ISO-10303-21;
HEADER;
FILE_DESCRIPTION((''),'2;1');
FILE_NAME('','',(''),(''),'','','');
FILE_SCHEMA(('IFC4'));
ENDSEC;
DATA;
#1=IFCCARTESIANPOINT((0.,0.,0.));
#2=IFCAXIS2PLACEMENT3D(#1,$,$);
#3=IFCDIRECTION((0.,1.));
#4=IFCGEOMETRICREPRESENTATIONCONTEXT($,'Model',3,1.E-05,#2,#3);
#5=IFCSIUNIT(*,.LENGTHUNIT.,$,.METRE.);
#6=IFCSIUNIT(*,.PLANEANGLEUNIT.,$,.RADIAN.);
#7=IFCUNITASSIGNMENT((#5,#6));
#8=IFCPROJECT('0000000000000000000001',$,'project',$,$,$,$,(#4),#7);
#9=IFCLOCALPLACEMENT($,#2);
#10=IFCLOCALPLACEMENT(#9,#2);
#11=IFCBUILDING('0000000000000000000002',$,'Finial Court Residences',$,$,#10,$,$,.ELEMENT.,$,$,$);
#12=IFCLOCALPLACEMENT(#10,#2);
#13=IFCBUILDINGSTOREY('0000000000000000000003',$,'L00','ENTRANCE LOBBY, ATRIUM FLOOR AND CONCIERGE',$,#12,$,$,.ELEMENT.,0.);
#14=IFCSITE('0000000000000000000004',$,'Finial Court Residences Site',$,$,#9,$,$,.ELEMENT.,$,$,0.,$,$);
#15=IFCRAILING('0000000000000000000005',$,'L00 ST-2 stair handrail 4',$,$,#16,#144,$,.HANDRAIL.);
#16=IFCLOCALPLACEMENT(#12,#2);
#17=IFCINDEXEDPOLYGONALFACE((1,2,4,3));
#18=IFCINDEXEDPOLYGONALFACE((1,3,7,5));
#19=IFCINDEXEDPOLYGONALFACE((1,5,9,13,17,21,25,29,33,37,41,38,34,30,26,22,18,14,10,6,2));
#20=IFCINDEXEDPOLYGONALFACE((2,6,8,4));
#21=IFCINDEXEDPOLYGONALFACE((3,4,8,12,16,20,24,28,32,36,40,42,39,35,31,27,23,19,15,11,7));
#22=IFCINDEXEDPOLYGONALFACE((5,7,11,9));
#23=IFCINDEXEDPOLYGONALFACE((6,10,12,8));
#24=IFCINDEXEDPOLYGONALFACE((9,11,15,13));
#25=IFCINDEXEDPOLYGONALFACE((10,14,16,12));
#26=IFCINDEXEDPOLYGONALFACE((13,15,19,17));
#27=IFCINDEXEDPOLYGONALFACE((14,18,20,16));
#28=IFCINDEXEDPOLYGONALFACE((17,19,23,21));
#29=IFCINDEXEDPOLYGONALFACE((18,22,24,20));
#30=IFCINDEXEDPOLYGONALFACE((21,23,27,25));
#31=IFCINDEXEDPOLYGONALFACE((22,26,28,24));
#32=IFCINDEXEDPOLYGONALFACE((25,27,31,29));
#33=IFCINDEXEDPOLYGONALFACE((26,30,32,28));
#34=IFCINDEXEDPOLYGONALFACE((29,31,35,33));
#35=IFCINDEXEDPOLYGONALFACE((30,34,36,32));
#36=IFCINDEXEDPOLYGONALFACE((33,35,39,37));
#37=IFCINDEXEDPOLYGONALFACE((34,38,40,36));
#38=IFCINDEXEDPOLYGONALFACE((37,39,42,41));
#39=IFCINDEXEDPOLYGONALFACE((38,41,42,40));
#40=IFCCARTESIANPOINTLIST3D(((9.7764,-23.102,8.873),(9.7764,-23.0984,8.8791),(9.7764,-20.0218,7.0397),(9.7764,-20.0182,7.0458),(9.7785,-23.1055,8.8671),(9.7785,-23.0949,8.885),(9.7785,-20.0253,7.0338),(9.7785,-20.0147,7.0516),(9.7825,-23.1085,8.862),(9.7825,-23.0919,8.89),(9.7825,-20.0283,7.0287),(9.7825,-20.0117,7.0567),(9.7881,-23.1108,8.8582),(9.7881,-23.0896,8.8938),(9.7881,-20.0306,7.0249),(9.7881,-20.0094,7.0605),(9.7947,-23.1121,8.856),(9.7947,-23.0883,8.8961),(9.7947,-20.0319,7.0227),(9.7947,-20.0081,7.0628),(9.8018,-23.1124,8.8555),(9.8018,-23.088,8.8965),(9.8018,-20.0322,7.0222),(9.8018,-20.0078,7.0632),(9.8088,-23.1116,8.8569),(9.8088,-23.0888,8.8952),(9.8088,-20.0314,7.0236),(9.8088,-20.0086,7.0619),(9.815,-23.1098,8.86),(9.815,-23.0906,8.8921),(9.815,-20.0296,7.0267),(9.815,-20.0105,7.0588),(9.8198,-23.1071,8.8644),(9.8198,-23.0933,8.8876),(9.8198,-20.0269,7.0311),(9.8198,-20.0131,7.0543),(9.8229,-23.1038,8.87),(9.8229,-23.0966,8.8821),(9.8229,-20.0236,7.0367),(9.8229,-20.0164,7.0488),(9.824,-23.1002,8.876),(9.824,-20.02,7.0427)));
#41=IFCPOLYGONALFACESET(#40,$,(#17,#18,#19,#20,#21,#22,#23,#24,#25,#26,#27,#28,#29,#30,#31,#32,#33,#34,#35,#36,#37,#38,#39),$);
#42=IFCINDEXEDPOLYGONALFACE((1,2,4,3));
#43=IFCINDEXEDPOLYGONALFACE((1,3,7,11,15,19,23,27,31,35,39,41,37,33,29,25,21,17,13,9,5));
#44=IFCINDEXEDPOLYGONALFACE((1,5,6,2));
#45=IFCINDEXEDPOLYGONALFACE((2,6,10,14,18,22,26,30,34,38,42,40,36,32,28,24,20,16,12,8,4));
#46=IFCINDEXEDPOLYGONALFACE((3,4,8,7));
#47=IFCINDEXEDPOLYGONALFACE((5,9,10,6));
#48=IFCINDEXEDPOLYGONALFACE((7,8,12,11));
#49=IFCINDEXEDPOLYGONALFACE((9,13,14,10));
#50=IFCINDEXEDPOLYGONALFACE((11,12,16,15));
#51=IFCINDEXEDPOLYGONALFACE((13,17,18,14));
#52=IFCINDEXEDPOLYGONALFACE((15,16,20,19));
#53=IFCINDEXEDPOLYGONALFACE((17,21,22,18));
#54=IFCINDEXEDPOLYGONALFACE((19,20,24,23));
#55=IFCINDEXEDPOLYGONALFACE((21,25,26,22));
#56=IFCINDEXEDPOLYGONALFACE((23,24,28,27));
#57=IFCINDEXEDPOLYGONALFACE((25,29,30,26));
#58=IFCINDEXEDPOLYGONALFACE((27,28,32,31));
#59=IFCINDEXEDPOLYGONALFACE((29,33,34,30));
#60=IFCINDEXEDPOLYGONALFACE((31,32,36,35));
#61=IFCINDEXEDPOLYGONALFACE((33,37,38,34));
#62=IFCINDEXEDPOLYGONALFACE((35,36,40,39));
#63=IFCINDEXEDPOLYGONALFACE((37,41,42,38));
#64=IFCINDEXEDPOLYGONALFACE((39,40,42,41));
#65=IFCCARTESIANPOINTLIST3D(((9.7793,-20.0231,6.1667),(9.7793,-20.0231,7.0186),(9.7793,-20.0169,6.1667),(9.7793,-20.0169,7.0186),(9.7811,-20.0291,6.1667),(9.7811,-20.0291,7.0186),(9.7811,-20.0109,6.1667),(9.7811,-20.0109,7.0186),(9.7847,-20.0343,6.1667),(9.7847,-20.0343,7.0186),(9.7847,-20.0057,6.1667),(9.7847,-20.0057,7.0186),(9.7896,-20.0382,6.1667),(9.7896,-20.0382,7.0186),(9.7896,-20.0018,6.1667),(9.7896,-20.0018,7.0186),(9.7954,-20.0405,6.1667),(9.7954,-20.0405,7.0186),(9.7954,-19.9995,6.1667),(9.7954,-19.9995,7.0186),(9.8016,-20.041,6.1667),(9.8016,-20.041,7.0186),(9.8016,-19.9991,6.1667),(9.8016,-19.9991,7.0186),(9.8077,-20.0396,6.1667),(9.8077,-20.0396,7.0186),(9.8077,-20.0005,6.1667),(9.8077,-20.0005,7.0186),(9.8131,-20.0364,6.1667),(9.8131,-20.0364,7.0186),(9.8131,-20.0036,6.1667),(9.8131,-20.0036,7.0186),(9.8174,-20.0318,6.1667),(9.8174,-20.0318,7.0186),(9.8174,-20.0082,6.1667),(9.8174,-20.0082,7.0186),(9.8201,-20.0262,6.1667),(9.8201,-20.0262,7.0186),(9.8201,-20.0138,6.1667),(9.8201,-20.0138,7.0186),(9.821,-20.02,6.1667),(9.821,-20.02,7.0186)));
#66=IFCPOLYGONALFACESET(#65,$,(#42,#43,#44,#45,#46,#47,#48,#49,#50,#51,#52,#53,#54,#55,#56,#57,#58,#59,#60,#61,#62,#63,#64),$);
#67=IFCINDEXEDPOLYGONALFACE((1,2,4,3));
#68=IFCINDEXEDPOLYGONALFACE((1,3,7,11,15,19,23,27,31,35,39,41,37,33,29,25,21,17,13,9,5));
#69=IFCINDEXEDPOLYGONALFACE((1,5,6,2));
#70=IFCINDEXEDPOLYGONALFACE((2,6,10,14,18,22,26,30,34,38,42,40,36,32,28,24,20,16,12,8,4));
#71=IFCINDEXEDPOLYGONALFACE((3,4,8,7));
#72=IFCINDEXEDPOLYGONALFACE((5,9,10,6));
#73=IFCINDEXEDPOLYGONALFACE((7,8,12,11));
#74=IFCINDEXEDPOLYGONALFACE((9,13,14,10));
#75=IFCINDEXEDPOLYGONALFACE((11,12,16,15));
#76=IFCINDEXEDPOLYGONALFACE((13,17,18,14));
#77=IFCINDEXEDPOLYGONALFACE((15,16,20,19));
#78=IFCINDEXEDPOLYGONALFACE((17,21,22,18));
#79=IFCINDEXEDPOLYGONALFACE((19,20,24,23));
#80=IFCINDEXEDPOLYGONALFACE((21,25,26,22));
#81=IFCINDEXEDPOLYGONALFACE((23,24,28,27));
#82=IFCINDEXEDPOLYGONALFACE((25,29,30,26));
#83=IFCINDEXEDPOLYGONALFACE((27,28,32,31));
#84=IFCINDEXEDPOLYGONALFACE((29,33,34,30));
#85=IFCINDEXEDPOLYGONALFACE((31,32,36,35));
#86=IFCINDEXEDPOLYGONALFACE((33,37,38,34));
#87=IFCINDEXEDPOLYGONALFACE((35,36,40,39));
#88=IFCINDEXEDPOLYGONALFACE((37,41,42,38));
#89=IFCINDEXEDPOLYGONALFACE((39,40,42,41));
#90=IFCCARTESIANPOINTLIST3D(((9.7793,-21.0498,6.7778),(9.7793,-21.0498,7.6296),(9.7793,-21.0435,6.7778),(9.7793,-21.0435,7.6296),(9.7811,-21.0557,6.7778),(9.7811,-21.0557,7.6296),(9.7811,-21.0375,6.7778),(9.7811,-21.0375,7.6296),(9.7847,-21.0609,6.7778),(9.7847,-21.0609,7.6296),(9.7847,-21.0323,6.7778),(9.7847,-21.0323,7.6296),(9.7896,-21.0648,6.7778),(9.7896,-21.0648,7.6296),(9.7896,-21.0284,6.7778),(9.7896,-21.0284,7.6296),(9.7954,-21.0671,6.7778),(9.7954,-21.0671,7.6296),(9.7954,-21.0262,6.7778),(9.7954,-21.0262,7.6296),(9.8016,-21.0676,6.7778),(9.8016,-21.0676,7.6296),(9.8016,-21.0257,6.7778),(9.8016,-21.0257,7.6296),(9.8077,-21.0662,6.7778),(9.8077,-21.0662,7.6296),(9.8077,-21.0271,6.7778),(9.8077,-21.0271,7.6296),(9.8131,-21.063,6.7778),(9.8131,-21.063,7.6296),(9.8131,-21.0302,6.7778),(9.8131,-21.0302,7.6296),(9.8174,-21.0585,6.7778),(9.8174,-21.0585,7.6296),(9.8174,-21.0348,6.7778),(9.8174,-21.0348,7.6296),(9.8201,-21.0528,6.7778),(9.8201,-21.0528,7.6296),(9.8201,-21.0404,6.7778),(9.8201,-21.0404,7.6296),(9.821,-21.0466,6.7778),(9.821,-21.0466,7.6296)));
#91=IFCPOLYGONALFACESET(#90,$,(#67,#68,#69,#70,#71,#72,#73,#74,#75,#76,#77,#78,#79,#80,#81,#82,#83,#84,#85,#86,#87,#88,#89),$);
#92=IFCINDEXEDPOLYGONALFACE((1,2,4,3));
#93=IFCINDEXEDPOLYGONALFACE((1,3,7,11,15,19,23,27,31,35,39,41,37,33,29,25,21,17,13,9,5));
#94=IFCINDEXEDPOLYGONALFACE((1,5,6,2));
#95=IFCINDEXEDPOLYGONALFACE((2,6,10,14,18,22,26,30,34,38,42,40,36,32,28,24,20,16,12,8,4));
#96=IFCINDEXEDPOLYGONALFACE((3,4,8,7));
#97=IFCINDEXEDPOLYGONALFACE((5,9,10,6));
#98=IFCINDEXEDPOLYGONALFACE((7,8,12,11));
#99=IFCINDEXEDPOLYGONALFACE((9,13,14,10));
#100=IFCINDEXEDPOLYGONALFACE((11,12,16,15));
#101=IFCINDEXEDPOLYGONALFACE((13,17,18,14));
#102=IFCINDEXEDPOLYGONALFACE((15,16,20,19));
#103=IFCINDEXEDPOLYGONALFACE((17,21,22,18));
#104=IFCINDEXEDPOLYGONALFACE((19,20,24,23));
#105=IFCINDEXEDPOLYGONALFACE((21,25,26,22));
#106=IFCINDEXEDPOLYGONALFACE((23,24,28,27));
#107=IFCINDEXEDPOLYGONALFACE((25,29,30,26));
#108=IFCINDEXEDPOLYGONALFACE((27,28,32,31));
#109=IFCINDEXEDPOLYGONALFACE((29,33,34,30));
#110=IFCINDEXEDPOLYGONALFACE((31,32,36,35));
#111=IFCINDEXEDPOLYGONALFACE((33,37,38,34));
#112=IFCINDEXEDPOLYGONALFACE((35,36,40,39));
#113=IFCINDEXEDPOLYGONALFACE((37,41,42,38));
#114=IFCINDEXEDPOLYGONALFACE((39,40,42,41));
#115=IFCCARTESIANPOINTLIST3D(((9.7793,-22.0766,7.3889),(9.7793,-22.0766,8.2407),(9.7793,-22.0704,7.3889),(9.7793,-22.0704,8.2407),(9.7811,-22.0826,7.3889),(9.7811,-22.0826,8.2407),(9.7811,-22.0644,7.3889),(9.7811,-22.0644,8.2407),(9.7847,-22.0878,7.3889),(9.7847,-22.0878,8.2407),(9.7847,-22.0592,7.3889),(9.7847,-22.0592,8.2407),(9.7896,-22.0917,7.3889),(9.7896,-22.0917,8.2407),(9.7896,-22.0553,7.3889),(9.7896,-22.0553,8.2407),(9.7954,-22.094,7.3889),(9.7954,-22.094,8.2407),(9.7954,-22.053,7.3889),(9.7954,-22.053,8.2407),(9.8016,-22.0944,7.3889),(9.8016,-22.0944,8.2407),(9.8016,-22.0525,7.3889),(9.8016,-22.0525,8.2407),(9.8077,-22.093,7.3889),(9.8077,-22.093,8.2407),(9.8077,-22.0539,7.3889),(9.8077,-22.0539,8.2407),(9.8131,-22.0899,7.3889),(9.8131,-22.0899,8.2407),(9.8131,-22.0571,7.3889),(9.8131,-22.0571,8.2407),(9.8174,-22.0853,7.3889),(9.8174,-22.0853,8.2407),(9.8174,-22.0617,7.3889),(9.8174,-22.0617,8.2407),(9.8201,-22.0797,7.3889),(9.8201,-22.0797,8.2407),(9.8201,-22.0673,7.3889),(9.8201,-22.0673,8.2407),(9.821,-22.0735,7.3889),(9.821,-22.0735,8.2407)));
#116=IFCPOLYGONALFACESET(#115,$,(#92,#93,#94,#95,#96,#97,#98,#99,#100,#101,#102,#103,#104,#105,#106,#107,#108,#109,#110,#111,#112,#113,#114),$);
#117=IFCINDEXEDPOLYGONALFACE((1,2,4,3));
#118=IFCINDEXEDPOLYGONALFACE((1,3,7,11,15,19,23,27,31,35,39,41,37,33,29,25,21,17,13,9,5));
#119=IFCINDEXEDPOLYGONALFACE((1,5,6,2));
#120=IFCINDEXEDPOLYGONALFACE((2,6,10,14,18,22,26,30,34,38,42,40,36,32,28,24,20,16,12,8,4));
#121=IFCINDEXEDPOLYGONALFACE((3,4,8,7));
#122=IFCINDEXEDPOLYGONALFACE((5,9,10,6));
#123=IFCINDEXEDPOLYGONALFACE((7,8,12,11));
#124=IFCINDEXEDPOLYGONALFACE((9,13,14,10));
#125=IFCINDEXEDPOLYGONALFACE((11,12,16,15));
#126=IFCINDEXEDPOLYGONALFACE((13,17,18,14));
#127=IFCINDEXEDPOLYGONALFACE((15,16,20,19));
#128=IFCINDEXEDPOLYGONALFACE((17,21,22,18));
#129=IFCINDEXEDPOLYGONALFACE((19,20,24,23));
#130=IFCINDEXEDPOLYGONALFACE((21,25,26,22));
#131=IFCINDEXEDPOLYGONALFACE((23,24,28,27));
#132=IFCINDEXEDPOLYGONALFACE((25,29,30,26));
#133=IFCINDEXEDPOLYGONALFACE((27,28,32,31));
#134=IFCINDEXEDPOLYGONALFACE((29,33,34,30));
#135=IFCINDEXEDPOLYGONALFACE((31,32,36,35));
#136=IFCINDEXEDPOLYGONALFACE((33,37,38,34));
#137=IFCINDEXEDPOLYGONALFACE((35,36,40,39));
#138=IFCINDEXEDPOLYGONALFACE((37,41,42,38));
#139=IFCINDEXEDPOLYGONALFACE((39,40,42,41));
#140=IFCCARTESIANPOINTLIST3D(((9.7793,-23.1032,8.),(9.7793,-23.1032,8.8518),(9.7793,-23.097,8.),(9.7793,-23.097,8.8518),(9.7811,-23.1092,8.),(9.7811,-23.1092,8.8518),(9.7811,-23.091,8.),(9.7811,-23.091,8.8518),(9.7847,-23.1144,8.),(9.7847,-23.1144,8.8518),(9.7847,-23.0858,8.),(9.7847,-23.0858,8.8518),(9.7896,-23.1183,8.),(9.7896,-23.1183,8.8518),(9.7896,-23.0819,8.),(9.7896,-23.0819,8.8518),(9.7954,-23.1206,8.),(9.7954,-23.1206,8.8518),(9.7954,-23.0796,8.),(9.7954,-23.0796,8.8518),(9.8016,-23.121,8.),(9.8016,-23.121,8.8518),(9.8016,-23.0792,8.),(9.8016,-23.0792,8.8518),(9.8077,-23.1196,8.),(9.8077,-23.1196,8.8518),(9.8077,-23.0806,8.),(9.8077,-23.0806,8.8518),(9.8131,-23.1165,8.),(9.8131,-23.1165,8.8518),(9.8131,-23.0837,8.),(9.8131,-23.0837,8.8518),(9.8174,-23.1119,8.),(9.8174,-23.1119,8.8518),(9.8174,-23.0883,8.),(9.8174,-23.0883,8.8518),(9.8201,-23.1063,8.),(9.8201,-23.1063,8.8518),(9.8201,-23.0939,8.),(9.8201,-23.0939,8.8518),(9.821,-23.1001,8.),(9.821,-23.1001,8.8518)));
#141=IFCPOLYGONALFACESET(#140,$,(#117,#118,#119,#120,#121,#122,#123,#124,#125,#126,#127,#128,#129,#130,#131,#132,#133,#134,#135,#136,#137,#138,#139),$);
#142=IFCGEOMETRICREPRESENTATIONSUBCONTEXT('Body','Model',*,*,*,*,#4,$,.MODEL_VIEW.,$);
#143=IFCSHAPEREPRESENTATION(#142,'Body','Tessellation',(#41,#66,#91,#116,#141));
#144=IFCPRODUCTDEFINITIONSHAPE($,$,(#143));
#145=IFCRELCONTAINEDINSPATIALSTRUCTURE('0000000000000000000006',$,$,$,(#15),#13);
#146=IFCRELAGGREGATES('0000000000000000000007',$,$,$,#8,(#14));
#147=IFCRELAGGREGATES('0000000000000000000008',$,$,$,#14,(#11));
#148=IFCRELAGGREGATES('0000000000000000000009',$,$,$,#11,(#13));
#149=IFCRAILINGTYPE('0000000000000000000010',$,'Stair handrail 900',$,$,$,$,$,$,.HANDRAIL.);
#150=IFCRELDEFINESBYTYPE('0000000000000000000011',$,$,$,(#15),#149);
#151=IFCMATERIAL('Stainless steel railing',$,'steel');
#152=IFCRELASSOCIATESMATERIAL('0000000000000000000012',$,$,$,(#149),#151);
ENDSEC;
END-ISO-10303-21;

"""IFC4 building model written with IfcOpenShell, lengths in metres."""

from ifc_helpers import new_model, si_unit, direction, frame, origin, origin_2d, place, context, subcontext, project, spatial, circle, extrude, material, type_object, element, save


model = new_model("IFC4")

# Units and contexts
model_context = context("Model", 3, precision=1e-05, world=origin(), true_north=direction((0.0, 1.0)))
body_context = subcontext(model_context, "Body", "Model", "MODEL_VIEW")
ifc_project = project(units=[si_unit("LENGTHUNIT", "METRE"), si_unit("PLANEANGLEUNIT", "RADIAN")], contexts=[model_context])

# Site, building, storey
site_placement = place(None, origin())
site = spatial("IfcSite", under=ifc_project, at=site_placement, Name="Finial Court Residences Site", CompositionType="ELEMENT", RefElevation=0.0)
building_placement = place(site_placement, origin())
building = spatial("IfcBuilding", under=site, at=building_placement, Name="Finial Court Residences", CompositionType="ELEMENT")
storey_placement = place(building_placement, origin())
storey = spatial("IfcBuildingStorey", under=building, at=storey_placement, Name="L00", Description="ENTRANCE LOBBY, ATRIUM FLOOR AND CONCIERGE", CompositionType="ELEMENT", Elevation=0.0)

# Railing
ifc_material_1 = material(Name="Stainless steel railing", Category="steel")
railing_type = type_object("IfcRailingType", Name="Stair handrail 900", PredefinedType="HANDRAIL", material=ifc_material_1)
railing_1_placement = place(storey_placement, frame((9.8, -20.02, 6.1667)))
element("IfcRailing", 1, at=railing_1_placement, inside=storey, type_object=railing_type, Name="L00 ST-2 stair handrail 4", PredefinedType="HANDRAIL", context=body_context, shape_type="SweptSolid", body=[
    extrude(circle(Radius=0.0239, at=origin_2d()), frame((0.0, 0.0, 0.876), z_axis=(0.0, -0.859309, 0.511458), x_axis=(1.0, 0.0, 0.0)), (0.0, 0.0, 1.0), 3.5845),
    extrude(circle(Radius=0.021, at=origin_2d()), origin(), (0.0, 0.0, 1.0), 0.8518),
    extrude(circle(Radius=0.021, at=origin_2d()), frame((0.0, -1.0266, 0.6111)), (0.0, 0.0, 1.0), 0.8518),
    extrude(circle(Radius=0.021, at=origin_2d()), frame((0.0, -2.0535, 1.2222)), (0.0, 0.0, 1.0), 0.8518),
    extrude(circle(Radius=0.021, at=origin_2d()), frame((0.0, -3.0801, 1.8333)), (0.0, 0.0, 1.0), 0.8518),
])

save(model, "model.ifc")
